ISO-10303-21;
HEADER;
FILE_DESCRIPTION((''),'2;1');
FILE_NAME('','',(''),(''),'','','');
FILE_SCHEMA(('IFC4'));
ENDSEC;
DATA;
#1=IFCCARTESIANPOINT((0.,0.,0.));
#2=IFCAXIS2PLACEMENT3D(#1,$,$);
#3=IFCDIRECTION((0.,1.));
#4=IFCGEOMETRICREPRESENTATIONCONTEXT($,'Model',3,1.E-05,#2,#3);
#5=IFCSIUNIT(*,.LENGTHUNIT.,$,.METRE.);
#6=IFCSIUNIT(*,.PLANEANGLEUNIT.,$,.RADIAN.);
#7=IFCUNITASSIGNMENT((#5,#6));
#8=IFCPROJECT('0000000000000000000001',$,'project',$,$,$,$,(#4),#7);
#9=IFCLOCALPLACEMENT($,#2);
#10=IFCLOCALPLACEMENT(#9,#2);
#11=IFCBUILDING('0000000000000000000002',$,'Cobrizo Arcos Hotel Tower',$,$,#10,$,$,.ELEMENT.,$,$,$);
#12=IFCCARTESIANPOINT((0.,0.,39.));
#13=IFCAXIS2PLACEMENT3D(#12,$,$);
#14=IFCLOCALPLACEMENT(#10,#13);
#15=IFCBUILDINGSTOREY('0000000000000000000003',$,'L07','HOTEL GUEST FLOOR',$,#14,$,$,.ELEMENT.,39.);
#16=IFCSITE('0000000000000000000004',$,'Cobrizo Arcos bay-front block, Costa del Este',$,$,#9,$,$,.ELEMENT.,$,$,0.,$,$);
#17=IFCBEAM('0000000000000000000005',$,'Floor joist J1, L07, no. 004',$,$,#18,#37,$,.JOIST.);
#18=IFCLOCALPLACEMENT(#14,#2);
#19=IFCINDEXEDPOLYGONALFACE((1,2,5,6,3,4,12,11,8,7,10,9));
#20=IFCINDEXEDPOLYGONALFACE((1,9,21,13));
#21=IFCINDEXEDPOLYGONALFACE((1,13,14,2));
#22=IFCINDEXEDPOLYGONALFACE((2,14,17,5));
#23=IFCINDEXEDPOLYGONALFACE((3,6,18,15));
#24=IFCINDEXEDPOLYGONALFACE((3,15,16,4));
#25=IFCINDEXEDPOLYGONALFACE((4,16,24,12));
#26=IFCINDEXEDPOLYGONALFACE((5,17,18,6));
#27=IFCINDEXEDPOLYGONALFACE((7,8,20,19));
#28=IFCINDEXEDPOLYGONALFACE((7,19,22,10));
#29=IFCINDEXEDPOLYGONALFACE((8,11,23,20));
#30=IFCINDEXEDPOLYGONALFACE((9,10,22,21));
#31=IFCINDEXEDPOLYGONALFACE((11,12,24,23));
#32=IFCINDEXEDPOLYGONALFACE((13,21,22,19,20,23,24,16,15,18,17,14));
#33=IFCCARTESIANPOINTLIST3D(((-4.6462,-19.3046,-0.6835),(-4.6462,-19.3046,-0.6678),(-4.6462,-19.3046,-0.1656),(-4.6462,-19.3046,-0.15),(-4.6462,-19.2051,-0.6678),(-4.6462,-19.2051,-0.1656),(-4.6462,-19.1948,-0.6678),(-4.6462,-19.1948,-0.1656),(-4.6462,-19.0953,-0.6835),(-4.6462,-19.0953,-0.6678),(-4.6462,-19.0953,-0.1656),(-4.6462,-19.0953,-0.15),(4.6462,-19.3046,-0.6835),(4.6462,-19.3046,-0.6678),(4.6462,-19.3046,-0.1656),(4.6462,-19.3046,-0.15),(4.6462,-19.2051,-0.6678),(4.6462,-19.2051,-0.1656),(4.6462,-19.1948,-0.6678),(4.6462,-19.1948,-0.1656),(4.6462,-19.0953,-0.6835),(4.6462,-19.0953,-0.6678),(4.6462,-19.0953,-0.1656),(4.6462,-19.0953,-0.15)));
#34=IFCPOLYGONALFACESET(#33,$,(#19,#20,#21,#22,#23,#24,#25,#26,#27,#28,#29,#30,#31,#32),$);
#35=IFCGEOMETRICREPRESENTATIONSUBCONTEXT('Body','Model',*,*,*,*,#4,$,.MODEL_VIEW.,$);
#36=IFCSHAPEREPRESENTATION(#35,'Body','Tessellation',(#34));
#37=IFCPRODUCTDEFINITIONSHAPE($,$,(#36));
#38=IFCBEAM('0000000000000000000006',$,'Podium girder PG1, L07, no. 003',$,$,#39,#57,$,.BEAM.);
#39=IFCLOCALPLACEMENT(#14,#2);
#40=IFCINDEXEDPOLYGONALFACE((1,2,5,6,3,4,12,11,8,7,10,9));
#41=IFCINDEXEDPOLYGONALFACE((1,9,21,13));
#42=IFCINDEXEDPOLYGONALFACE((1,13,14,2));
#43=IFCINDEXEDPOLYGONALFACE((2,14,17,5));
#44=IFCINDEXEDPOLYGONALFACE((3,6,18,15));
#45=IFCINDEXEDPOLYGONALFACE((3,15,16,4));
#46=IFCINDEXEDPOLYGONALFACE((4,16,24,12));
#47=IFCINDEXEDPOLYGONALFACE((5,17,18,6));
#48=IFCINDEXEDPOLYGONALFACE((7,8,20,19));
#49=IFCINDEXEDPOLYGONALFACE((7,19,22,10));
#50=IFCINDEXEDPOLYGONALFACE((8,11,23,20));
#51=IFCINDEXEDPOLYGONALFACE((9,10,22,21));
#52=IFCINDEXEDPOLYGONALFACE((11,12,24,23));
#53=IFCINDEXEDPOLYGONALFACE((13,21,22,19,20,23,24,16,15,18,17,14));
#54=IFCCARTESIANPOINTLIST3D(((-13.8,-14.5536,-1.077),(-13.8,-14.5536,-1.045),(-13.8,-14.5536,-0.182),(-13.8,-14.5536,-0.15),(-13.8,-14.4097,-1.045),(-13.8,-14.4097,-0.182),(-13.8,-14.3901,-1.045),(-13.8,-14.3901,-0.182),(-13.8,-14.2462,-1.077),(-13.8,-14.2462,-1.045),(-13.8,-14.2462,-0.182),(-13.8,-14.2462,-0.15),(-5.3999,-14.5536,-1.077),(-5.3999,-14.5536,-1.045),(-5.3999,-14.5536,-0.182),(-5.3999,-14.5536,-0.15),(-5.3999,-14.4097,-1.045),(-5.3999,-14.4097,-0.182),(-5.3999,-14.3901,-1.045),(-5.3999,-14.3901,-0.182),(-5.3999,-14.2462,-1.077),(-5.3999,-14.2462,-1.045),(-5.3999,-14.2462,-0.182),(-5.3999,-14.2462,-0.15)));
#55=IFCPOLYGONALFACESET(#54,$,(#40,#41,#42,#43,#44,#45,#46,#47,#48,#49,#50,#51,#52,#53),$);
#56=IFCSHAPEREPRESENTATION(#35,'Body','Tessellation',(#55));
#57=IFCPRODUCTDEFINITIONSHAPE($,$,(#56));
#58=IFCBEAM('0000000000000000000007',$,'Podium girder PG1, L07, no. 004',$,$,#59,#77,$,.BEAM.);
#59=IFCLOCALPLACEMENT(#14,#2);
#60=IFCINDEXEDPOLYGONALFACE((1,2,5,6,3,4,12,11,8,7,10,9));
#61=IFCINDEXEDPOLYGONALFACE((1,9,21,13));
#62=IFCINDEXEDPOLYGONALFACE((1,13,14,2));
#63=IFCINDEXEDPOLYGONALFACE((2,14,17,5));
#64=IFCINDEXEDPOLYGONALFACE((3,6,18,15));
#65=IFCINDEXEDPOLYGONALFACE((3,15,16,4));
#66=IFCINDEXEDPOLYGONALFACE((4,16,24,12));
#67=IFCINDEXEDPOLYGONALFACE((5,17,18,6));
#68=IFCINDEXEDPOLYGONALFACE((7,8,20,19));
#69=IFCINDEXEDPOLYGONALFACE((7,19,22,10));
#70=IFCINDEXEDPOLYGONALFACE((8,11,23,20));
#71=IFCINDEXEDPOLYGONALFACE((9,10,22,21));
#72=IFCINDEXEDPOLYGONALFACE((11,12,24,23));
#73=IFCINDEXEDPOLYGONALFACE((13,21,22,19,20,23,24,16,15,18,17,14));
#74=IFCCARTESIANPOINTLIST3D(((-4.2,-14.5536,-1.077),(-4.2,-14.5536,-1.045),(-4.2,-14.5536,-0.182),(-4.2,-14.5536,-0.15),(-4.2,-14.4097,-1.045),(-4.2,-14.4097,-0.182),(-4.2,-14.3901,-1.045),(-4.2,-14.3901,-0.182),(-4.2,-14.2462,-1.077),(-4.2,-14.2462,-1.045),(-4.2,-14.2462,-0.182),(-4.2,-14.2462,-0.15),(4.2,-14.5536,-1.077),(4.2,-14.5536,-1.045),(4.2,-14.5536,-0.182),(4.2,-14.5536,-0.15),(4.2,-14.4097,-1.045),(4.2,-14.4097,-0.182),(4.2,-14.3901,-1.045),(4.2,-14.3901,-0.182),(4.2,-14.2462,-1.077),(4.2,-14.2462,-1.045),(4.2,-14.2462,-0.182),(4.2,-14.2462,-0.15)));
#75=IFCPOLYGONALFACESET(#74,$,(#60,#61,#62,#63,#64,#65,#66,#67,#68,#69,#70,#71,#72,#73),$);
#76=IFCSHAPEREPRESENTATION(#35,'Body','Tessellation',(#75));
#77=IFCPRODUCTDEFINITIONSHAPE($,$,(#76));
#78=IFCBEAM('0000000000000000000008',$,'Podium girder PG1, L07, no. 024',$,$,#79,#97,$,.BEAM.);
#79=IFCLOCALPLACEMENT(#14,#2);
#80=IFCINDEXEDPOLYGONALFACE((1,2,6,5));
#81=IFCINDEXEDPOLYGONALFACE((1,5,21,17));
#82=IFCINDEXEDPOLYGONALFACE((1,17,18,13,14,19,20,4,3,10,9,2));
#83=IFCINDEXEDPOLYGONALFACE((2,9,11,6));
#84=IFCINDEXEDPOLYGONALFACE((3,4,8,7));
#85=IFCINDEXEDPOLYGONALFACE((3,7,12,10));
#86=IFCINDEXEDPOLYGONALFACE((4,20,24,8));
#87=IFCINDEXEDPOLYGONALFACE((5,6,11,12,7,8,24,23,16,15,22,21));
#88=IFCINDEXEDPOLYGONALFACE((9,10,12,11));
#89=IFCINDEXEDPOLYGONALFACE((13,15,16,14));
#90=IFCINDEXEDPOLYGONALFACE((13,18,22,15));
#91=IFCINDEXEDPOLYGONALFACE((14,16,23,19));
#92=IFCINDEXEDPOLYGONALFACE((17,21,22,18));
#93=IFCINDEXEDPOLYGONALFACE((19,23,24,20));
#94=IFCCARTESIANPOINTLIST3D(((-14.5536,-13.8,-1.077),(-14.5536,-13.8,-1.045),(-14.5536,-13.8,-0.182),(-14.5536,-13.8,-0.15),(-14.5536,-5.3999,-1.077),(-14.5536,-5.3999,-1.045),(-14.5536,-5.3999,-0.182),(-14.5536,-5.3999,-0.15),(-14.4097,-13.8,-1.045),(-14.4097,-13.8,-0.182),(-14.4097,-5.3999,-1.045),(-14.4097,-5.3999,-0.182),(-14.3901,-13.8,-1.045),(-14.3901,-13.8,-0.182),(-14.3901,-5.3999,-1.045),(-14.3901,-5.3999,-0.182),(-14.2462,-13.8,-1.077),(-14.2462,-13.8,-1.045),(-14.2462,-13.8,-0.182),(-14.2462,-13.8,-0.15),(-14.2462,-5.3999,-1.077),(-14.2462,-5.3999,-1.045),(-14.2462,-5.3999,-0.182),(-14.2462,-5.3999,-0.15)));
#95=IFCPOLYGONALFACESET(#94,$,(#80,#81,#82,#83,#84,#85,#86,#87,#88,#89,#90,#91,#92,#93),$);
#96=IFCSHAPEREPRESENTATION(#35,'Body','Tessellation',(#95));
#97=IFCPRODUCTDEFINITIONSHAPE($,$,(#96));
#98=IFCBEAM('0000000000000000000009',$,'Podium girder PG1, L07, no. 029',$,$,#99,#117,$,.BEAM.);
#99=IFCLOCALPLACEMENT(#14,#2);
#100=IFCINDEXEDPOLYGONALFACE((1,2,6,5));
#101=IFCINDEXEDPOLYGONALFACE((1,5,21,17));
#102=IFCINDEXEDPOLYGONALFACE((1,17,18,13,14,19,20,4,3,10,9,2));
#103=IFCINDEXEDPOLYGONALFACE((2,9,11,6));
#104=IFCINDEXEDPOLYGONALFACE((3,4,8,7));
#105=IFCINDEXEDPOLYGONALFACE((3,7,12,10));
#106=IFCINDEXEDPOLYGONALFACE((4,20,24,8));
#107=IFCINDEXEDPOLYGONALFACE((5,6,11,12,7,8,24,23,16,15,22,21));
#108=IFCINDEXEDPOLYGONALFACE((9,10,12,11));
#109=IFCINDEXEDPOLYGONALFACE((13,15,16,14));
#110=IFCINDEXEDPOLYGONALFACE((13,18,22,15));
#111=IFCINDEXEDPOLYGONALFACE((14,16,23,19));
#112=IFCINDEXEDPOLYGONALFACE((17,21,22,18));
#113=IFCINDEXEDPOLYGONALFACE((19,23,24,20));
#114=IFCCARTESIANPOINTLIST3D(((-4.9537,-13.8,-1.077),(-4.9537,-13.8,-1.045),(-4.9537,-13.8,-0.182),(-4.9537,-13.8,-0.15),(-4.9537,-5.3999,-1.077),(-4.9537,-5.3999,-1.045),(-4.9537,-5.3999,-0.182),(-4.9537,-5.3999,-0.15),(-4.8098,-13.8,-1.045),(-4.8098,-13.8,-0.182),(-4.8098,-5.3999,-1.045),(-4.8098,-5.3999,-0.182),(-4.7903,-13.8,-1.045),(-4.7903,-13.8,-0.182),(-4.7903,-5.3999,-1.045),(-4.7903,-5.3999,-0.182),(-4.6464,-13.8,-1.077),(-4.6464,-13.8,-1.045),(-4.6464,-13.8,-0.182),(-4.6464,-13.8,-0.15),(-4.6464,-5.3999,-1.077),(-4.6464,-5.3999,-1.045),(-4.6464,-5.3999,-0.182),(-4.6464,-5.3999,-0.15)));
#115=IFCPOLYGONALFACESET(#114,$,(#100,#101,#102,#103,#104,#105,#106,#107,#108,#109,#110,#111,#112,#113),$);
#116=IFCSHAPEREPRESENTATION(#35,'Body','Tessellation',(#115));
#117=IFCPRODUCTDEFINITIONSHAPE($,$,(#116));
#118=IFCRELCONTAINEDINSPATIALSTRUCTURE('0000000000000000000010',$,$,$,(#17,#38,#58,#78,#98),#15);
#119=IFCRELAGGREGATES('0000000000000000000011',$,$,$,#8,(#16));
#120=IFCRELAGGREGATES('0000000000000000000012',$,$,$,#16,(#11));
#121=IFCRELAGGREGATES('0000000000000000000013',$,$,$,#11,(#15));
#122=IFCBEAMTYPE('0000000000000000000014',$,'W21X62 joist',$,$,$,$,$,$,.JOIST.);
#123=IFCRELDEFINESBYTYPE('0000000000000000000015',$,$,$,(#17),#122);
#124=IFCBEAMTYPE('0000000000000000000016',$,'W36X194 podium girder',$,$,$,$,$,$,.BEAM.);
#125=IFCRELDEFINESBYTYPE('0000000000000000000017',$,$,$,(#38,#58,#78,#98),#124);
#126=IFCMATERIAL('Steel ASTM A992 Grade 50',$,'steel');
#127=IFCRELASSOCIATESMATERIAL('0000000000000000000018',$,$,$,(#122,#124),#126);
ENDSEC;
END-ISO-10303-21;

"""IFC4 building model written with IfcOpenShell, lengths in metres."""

from ifc_helpers import new_model, si_unit, direction, frame, origin, origin_2d, place, context, subcontext, project, spatial, i_section, extrude, material, material_profile, profile_set, type_object, element, save


model = new_model("IFC4")

# Units and contexts
model_context = context("Model", 3, precision=1e-05, world=origin(), true_north=direction((0.0, 1.0)))
body_context = subcontext(model_context, "Body", "Model", "MODEL_VIEW")
ifc_project = project(units=[si_unit("LENGTHUNIT", "METRE"), si_unit("PLANEANGLEUNIT", "RADIAN")], contexts=[model_context])

# Site, building, storey
site_placement = place(None, origin())
site = spatial("IfcSite", under=ifc_project, at=site_placement, Name="Cobrizo Arcos bay-front block, Costa del Este", CompositionType="ELEMENT", RefElevation=0.0)
building_placement = place(site_placement, origin())
building = spatial("IfcBuilding", under=site, at=building_placement, Name="Cobrizo Arcos Hotel Tower", CompositionType="ELEMENT")
storey_placement = place(building_placement, frame((0.0, 0.0, 39.0)))
storey = spatial("IfcBuildingStorey", under=building, at=storey_placement, Name="L07", Description="HOTEL GUEST FLOOR", CompositionType="ELEMENT", Elevation=39.0)

# Beams
ifc_material_1 = material(Name="Steel ASTM A992 Grade 50", Category="steel")
ifc_material_profile_1 = material_profile(ifc_material_1, i_section(OverallWidth=0.2092, OverallDepth=0.5334, WebThickness=0.0103, FlangeThickness=0.0156, at=origin_2d()), Name="W21X62")
ifc_profile_set_1 = profile_set([ifc_material_profile_1], Name="Steel ASTM A992 Grade 50")
beam_type_1 = type_object("IfcBeamType", Name="W21X62 joist", PredefinedType="JOIST", material=ifc_profile_set_1)
beam_1_placement = place(storey_placement, frame((-4.6462, -19.2, -0.4167), z_axis=(1.0, 0.0, 0.0), x_axis=(0.0, 1.0, 0.0)))
element("IfcBeam", 1, at=beam_1_placement, inside=storey, type_object=beam_type_1, Name="Floor joist J1, L07, no. 004", PredefinedType="JOIST", context=body_context, shape_type="SweptSolid", body=[
    extrude(i_section(OverallWidth=0.2092, OverallDepth=0.5334, WebThickness=0.0103, FlangeThickness=0.0156, at=origin_2d()), origin(), (0.0, 0.0, 1.0), 9.2925),
])
ifc_material_profile_2 = material_profile(ifc_material_1, i_section(OverallWidth=0.3074, OverallDepth=0.927, WebThickness=0.0195, FlangeThickness=0.032, at=origin_2d()), Name="W36X194")
ifc_profile_set_2 = profile_set([ifc_material_profile_2], Name="Steel ASTM A992 Grade 50")
beam_type_2 = type_object("IfcBeamType", Name="W36X194 podium girder", PredefinedType="BEAM", material=ifc_profile_set_2)
beam_2_placement = place(storey_placement, frame((-13.8, -14.3999, -0.6135), z_axis=(1.0, 0.0, 0.0), x_axis=(0.0, 1.0, 0.0)))
element("IfcBeam", 2, at=beam_2_placement, inside=storey, type_object=beam_type_2, Name="Podium girder PG1, L07, no. 003", PredefinedType="BEAM", context=body_context, shape_type="SweptSolid", body=[
    extrude(i_section(OverallWidth=0.3074, OverallDepth=0.927, WebThickness=0.0195, FlangeThickness=0.032, at=origin_2d()), origin(), (0.0, 0.0, 1.0), 8.4001),
])
beam_3_placement = place(storey_placement, frame((-4.2, -14.3999, -0.6135), z_axis=(1.0, 0.0, 0.0), x_axis=(0.0, 1.0, 0.0)))
element("IfcBeam", 3, at=beam_3_placement, inside=storey, type_object=beam_type_2, Name="Podium girder PG1, L07, no. 004", PredefinedType="BEAM", context=body_context, shape_type="SweptSolid", body=[
    extrude(i_section(OverallWidth=0.3074, OverallDepth=0.927, WebThickness=0.0195, FlangeThickness=0.032, at=origin_2d()), origin(), (0.0, 0.0, 1.0), 8.3999),
])
for number, where, z_axis, x_axis, name in (
    (4, (-14.3999, -13.8, -0.6135), (0.0, 1.0, 0.0), (-1.0, 0.0, 0.0), "Podium girder PG1, L07, no. 024"),
    (5, (-4.8, -13.8, -0.6135), (0.0, 1.0, 0.0), (-1.0, 0.0, 0.0), "Podium girder PG1, L07, no. 029"),
):
    element("IfcBeam", number, at=place(storey_placement, frame(where, z_axis=z_axis, x_axis=x_axis)), inside=storey, type_object=beam_type_2, Name=name, PredefinedType="BEAM", context=body_context, shape_type="SweptSolid", body=[
        extrude(i_section(OverallWidth=0.3074, OverallDepth=0.927, WebThickness=0.0195, FlangeThickness=0.032, at=origin_2d()), origin(), (0.0, 0.0, 1.0), 8.4001),
    ])

save(model, "model.ifc")
